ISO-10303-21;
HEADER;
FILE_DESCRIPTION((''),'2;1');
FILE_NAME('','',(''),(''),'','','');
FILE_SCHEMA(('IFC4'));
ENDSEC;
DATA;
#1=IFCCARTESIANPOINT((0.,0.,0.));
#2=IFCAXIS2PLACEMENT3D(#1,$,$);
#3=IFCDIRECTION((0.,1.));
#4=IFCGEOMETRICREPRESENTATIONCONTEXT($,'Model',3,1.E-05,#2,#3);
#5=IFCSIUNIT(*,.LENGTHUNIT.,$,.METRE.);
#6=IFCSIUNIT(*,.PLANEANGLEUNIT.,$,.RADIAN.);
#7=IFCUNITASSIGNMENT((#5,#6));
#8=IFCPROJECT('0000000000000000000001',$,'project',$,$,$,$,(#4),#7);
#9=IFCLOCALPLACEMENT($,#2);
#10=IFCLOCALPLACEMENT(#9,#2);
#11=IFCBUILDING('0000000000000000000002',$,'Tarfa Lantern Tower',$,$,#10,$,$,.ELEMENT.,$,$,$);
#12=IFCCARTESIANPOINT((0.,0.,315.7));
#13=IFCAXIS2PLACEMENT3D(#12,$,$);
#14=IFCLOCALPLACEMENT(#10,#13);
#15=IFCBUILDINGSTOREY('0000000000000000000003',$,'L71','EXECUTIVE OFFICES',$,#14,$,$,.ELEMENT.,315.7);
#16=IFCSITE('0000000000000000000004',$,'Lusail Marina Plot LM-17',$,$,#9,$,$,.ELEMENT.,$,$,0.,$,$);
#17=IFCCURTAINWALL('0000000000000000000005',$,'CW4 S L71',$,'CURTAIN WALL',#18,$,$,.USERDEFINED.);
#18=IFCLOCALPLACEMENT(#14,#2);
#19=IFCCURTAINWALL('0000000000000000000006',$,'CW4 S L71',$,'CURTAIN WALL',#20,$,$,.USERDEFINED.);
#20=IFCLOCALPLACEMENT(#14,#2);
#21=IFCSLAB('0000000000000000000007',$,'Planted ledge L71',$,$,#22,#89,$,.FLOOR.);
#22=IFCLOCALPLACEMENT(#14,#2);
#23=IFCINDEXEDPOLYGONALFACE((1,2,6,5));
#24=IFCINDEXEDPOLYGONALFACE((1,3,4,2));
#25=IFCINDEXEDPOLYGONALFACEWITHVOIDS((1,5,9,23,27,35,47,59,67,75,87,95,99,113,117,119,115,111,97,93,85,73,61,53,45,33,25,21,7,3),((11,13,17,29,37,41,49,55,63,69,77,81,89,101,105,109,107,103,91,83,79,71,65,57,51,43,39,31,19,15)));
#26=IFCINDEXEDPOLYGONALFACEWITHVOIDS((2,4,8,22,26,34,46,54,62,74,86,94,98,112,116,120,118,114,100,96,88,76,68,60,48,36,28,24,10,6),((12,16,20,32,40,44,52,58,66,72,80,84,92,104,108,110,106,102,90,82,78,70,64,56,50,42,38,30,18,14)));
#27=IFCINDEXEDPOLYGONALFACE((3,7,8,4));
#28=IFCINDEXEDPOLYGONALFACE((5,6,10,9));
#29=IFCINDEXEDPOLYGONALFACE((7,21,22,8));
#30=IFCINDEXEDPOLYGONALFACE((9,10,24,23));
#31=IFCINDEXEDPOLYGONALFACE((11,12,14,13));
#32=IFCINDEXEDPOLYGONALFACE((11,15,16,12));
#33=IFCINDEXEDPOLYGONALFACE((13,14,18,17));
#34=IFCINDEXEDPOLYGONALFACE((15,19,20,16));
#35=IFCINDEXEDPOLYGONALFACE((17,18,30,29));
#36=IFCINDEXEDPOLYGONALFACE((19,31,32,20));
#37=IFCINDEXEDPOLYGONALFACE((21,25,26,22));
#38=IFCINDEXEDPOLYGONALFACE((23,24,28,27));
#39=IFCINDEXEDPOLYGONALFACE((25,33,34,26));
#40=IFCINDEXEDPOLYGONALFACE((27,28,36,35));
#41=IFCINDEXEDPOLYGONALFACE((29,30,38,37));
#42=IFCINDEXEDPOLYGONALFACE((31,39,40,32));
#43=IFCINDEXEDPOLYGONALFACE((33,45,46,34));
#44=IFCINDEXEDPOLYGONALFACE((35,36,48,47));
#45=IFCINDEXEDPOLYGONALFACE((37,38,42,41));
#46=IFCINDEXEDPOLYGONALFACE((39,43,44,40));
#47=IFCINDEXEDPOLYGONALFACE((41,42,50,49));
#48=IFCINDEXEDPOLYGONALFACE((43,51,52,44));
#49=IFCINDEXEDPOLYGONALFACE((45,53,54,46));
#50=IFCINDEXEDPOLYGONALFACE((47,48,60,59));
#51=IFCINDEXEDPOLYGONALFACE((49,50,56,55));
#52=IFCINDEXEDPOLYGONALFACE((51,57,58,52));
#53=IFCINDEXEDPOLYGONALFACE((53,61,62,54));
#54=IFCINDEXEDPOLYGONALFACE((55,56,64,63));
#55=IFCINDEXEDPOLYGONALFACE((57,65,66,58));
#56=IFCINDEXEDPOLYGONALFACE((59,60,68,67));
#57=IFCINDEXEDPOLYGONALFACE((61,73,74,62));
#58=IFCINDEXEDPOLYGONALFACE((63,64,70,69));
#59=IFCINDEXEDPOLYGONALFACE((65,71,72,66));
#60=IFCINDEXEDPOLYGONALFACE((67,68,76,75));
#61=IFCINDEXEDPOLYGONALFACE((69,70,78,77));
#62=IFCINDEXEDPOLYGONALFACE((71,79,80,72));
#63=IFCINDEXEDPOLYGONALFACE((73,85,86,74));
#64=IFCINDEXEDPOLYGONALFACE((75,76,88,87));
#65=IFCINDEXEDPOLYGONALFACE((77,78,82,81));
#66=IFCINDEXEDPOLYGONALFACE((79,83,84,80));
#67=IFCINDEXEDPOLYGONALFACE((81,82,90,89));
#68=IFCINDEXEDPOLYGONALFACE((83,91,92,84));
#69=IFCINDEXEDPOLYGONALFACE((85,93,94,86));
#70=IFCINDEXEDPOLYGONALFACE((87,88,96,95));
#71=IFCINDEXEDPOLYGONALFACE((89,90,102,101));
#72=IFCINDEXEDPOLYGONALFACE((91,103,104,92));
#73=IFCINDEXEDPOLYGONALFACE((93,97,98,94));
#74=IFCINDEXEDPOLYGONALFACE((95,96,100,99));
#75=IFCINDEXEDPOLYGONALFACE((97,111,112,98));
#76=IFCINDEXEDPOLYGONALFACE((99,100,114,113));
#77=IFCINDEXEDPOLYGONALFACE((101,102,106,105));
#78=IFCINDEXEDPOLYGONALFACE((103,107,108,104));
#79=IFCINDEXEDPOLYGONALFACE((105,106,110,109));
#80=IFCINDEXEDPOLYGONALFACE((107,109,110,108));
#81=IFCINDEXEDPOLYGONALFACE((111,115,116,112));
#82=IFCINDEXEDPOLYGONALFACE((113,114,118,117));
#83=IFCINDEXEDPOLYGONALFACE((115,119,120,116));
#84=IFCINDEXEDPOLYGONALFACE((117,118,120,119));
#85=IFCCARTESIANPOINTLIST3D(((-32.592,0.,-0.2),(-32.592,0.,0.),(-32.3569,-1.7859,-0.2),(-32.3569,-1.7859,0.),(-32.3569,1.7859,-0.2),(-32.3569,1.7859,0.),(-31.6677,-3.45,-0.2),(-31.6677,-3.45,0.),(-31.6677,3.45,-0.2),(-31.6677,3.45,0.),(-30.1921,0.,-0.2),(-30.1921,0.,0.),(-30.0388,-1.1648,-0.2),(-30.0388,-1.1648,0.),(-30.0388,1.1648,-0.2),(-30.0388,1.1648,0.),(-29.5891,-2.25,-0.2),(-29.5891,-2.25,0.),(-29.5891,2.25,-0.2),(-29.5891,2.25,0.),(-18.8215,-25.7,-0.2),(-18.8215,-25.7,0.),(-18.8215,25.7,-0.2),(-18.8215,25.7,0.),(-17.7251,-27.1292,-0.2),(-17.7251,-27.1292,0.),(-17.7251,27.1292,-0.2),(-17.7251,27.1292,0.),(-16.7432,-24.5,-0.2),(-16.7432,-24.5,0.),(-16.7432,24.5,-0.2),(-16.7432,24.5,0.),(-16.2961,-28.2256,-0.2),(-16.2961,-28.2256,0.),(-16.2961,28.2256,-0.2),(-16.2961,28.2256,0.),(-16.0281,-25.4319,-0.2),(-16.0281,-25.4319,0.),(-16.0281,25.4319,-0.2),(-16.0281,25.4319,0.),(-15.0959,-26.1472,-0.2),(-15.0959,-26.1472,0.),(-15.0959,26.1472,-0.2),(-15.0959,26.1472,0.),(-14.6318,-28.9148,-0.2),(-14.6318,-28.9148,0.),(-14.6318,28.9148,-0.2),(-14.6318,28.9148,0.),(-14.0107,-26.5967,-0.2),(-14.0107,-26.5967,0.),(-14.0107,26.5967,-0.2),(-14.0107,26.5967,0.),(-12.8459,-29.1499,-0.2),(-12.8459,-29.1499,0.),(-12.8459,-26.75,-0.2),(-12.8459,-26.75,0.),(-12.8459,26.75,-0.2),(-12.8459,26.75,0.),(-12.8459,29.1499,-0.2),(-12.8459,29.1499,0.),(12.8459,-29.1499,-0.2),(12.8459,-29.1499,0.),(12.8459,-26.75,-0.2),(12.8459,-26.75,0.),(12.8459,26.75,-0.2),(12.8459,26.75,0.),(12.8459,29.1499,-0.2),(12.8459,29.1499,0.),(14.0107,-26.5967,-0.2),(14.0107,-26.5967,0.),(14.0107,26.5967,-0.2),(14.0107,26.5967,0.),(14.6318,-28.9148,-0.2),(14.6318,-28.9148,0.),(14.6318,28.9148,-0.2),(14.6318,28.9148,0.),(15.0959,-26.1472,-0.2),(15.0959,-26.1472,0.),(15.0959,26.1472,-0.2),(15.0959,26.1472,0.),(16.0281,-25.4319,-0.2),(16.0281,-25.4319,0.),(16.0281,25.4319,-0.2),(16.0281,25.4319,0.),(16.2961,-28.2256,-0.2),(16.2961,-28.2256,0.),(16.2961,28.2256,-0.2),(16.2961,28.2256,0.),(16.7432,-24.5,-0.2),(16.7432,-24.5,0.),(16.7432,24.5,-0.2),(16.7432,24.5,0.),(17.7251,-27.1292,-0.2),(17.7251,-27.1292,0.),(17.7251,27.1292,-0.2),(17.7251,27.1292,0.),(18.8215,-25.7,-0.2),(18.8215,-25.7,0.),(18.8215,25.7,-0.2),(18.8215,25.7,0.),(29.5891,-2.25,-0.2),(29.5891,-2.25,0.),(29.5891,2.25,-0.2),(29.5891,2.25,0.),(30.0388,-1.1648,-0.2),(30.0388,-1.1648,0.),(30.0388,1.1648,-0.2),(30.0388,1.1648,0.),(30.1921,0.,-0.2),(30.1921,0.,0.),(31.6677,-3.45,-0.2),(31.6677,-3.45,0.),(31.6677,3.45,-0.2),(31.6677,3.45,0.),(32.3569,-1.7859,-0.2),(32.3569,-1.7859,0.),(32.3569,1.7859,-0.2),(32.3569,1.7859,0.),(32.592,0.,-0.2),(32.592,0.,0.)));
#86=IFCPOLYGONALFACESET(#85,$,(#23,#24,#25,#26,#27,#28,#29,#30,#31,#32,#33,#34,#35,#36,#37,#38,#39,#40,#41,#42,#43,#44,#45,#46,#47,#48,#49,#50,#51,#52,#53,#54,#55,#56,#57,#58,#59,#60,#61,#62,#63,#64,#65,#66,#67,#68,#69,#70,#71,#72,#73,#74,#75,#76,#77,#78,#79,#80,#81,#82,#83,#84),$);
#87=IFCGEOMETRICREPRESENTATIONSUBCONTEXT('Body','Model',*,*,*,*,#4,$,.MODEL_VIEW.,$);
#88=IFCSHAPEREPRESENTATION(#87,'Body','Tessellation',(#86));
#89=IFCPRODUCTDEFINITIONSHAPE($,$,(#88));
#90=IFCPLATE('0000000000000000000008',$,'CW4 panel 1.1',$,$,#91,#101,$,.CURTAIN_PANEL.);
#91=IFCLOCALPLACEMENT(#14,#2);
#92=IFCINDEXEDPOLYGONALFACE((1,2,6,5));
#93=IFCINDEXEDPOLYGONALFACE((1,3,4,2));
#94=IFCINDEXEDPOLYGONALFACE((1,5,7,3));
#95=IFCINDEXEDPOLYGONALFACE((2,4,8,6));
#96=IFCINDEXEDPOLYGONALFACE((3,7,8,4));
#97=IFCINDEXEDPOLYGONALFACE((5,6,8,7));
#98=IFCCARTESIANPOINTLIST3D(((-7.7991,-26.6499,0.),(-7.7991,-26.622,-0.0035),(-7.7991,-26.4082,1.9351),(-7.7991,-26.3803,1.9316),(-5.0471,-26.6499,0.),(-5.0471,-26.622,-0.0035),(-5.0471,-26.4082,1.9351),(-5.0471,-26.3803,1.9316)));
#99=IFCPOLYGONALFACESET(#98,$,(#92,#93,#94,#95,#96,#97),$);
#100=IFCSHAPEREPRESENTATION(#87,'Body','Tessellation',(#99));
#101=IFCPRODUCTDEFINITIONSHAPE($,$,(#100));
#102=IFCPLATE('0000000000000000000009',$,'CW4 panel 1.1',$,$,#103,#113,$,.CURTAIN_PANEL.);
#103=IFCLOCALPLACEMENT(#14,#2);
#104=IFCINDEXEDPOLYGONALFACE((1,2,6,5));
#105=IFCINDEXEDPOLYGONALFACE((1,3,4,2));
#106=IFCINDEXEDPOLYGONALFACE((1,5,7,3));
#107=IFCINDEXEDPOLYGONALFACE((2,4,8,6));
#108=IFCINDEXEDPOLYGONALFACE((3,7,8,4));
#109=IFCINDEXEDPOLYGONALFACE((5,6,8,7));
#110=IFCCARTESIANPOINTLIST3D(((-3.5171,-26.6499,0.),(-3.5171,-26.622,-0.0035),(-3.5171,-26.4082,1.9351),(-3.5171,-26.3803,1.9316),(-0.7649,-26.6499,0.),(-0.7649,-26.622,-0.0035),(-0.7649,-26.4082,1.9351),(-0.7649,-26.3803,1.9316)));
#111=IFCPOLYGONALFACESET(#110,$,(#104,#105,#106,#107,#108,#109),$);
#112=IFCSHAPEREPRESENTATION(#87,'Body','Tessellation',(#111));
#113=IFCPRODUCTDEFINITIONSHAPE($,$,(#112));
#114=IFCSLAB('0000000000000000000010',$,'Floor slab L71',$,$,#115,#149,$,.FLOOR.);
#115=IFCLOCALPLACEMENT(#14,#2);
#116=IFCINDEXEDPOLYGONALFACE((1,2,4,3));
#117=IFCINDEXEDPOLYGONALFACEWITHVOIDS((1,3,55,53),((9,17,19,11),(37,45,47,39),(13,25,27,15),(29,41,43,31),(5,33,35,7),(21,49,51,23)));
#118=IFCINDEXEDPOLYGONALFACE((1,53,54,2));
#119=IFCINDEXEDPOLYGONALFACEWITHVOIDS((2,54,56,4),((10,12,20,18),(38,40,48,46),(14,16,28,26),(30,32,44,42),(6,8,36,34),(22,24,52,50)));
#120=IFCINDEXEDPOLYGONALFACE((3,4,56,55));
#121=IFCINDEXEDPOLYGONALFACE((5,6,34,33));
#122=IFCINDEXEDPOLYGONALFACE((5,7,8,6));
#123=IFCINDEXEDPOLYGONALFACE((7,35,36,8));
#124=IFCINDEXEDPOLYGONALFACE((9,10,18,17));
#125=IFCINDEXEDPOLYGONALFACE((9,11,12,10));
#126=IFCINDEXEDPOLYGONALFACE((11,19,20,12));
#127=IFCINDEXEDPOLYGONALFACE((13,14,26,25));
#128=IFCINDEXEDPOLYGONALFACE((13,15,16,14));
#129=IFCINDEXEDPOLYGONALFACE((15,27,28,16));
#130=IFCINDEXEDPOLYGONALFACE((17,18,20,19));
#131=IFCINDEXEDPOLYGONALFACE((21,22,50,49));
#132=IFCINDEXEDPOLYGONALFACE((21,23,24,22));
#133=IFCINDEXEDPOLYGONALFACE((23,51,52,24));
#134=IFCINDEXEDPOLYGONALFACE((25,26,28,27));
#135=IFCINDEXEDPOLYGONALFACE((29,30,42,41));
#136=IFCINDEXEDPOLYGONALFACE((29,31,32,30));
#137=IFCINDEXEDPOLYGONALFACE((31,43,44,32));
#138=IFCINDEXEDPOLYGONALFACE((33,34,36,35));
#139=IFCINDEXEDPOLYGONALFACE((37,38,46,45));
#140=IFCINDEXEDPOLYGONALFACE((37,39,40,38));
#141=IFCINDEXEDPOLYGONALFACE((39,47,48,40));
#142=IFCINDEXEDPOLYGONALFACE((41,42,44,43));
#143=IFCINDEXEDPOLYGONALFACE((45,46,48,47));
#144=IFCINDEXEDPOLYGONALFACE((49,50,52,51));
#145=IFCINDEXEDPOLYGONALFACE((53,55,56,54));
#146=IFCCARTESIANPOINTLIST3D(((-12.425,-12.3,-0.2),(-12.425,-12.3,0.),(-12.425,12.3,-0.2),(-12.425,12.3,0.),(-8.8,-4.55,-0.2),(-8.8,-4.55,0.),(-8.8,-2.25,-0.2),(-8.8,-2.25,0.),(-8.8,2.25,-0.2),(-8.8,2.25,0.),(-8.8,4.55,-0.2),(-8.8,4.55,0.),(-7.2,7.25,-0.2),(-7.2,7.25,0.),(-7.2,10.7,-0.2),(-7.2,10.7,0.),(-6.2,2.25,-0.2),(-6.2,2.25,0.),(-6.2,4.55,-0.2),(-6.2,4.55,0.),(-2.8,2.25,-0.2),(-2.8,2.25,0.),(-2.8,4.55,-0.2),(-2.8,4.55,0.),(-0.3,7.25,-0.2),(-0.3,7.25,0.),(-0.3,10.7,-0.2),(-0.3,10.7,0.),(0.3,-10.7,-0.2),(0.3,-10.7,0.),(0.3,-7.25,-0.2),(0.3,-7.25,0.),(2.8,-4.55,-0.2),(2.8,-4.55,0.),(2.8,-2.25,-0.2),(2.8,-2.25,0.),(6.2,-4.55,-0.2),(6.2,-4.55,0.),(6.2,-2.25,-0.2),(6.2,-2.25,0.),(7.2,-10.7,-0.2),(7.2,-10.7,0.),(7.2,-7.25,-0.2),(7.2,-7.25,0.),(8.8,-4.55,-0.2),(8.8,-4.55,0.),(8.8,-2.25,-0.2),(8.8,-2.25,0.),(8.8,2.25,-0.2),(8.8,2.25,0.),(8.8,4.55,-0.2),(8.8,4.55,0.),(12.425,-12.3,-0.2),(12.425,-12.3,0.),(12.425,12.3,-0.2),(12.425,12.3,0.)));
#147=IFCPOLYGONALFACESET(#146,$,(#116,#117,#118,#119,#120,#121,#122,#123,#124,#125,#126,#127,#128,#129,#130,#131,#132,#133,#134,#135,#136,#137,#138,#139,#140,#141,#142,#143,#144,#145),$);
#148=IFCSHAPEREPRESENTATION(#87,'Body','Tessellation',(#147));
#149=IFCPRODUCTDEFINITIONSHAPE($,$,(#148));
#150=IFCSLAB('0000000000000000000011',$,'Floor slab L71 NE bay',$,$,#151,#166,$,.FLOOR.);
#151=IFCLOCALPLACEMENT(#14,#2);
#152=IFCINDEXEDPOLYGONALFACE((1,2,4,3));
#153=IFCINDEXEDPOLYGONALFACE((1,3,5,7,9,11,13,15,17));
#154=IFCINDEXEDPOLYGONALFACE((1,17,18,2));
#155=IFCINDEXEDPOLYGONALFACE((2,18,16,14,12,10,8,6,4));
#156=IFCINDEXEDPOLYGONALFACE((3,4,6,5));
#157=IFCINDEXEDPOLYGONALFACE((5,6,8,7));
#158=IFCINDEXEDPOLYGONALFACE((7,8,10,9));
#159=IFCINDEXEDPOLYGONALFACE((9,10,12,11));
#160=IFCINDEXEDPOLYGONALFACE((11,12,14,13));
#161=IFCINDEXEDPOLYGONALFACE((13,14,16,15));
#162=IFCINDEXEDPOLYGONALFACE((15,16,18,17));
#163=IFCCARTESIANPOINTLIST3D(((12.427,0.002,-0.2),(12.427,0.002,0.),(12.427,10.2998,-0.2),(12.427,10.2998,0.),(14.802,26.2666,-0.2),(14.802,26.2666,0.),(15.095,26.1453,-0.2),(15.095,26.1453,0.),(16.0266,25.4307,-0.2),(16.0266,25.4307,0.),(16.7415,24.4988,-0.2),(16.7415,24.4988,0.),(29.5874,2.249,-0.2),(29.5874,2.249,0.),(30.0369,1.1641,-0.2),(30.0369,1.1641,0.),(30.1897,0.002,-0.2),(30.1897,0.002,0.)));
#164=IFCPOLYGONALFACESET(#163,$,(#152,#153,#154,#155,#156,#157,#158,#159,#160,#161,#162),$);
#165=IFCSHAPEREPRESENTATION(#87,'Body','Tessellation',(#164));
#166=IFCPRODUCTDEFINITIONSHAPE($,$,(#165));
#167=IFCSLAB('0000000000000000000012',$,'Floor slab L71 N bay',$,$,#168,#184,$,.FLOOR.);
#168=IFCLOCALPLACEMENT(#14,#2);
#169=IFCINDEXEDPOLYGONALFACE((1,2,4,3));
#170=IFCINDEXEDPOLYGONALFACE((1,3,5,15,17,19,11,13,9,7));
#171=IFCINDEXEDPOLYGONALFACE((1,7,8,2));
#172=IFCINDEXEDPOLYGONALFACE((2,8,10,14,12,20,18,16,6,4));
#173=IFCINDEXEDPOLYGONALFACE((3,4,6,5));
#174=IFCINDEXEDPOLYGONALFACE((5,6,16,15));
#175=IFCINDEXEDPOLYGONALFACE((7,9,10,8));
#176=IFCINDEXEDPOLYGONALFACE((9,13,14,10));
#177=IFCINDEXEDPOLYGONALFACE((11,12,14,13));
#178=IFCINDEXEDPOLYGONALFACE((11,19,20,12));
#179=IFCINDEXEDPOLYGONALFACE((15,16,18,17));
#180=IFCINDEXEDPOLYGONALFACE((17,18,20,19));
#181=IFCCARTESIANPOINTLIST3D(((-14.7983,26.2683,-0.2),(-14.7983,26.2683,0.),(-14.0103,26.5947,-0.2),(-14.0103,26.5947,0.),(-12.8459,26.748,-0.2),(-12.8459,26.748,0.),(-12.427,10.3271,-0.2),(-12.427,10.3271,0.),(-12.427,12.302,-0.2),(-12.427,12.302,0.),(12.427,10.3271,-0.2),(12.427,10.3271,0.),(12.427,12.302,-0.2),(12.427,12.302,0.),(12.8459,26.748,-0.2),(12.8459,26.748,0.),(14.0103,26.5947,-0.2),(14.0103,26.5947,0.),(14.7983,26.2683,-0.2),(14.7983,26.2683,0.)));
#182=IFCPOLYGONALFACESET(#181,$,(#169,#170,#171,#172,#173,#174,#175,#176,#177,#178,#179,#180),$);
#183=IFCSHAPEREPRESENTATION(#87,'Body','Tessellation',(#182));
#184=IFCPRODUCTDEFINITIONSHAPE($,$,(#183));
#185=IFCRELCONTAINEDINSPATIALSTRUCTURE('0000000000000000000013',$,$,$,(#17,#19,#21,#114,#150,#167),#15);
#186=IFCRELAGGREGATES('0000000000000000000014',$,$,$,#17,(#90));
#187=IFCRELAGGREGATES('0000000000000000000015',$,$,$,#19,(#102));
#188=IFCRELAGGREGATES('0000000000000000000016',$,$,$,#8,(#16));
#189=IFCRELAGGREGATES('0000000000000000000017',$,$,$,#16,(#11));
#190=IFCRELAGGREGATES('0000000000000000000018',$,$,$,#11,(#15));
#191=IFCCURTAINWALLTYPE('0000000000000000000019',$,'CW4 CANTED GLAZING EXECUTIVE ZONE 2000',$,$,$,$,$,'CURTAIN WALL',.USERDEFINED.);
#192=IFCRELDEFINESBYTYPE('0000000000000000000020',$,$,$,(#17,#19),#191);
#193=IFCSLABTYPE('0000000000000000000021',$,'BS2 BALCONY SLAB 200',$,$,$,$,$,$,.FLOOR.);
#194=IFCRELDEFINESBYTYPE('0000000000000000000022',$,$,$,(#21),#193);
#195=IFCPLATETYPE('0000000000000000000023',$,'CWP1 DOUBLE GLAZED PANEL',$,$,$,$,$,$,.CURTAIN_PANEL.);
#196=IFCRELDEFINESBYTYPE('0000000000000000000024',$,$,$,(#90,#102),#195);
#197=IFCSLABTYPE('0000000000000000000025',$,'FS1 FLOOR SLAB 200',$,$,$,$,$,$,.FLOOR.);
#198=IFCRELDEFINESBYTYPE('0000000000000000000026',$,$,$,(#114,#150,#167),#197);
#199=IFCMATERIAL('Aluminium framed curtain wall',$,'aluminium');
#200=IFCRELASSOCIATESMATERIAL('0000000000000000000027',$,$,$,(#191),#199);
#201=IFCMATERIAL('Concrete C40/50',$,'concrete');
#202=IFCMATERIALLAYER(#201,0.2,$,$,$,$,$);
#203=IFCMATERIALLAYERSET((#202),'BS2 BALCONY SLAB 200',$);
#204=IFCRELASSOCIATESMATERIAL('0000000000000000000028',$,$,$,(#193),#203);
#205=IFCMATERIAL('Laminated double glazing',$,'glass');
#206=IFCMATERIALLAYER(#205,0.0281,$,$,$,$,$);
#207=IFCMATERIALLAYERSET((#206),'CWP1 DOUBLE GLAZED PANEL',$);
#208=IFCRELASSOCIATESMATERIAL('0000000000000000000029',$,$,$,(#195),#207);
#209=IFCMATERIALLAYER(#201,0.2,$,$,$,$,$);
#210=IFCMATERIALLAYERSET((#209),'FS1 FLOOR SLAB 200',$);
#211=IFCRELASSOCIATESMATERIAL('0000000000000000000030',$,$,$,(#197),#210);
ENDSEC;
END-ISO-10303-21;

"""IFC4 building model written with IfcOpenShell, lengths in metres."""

from ifc_helpers import new_model, si_unit, direction, frame, origin, place, context, subcontext, project, spatial, polyline, outline, extrude, material, layer, layer_set, type_object, element, aggregate, save


model = new_model("IFC4")

# Units and contexts
model_context = context("Model", 3, precision=1e-05, world=origin(), true_north=direction((0.0, 1.0)))
body_context = subcontext(model_context, "Body", "Model", "MODEL_VIEW")
ifc_project = project(units=[si_unit("LENGTHUNIT", "METRE"), si_unit("PLANEANGLEUNIT", "RADIAN")], contexts=[model_context])

# Site, building, storey
site_placement = place(None, origin())
site = spatial("IfcSite", under=ifc_project, at=site_placement, Name="Lusail Marina Plot LM-17", CompositionType="ELEMENT", RefElevation=0.0)
building_placement = place(site_placement, origin())
building = spatial("IfcBuilding", under=site, at=building_placement, Name="Tarfa Lantern Tower", CompositionType="ELEMENT")
storey_placement = place(building_placement, frame((0.0, 0.0, 315.7)))
storey = spatial("IfcBuildingStorey", under=building, at=storey_placement, Name="L71", Description="EXECUTIVE OFFICES", CompositionType="ELEMENT", Elevation=315.7)

# Shared definitions
ifc_material_1 = material(Name="Aluminium framed curtain wall", Category="aluminium")
curtain_wall_type = type_object("IfcCurtainWallType", Name="CW4 CANTED GLAZING EXECUTIVE ZONE 2000", ElementType="CURTAIN WALL", PredefinedType="USERDEFINED", material=ifc_material_1)

# Curtain walls
curtain_wall_1_placement = place(storey_placement, origin())
curtain_wall_1 = element("IfcCurtainWall", 1, at=curtain_wall_1_placement, inside=storey, type_object=curtain_wall_type, Name="CW4 S L71", ObjectType="CURTAIN WALL", PredefinedType="USERDEFINED")
curtain_wall_2_placement = place(storey_placement, origin())
curtain_wall_2 = element("IfcCurtainWall", 2, at=curtain_wall_2_placement, inside=storey, type_object=curtain_wall_type, Name="CW4 S L71", ObjectType="CURTAIN WALL", PredefinedType="USERDEFINED")

# Slab
ifc_material_2 = material(Name="Concrete C40/50", Category="concrete")
ifc_layer_1 = layer(ifc_material_2, 0.2)
ifc_layer_set_1 = layer_set([ifc_layer_1], Name="BS2 BALCONY SLAB 200")
slab_type_1 = type_object("IfcSlabType", Name="BS2 BALCONY SLAB 200", PredefinedType="FLOOR", material=ifc_layer_set_1)
slab_1_placement = place(storey_placement, frame((0.0, 0.0, -0.2)))
element("IfcSlab", 3, at=slab_1_placement, inside=storey, type_object=slab_type_1, Name="Planted ledge L71", PredefinedType="FLOOR", context=body_context, shape_type="SweptSolid", body=[
    extrude(outline(polyline([(31.6677, 3.45), (18.8215, 25.7), (17.7251, 27.1292), (16.2961, 28.2256), (14.6318, 28.9148), (12.8459, 29.1499), (-12.8459, 29.1499), (-14.6318, 28.9148), (-16.2961, 28.2256), (-17.7251, 27.1292), (-18.8215, 25.7), (-31.6677, 3.45), (-32.3569, 1.7859), (-32.592, 0.0), (-32.3569, -1.7859), (-31.6677, -3.45), (-18.8215, -25.7), (-17.7251, -27.1292), (-16.2961, -28.2256), (-14.6318, -28.9148), (-12.8459, -29.1499), (12.8459, -29.1499), (14.6318, -28.9148), (16.2961, -28.2256), (17.7251, -27.1292), (18.8215, -25.7), (31.6677, -3.45), (32.3569, -1.7859), (32.592, 0.0), (32.3569, 1.7859), (31.6677, 3.45)]), holes=[polyline([(29.5891, 2.25), (16.7432, 24.5), (16.0281, 25.4319), (15.0959, 26.1472), (14.0107, 26.5967), (12.8459, 26.75), (-12.8459, 26.75), (-14.0107, 26.5967), (-15.0959, 26.1472), (-16.0281, 25.4319), (-16.7432, 24.5), (-29.5891, 2.25), (-30.0388, 1.1648), (-30.1921, 0.0), (-30.0388, -1.1648), (-29.5891, -2.25), (-16.7432, -24.5), (-16.0281, -25.4319), (-15.0959, -26.1472), (-14.0107, -26.5967), (-12.8459, -26.75), (12.8459, -26.75), (14.0107, -26.5967), (15.0959, -26.1472), (16.0281, -25.4319), (16.7432, -24.5), (29.5891, -2.25), (30.0388, -1.1648), (30.1921, 0.0), (30.0388, 1.1648), (29.5891, 2.25)])]), origin(), (0.0, 0.0, 1.0), 0.2),
])

# Plates
ifc_material_3 = material(Name="Laminated double glazing", Category="glass")
ifc_layer_2 = layer(ifc_material_3, 0.0281)
ifc_layer_set_2 = layer_set([ifc_layer_2], Name="CWP1 DOUBLE GLAZED PANEL")
plate_type = type_object("IfcPlateType", Name="CWP1 DOUBLE GLAZED PANEL", PredefinedType="CURTAIN_PANEL", material=ifc_layer_set_2)
plate_1_placement = place(storey_placement, frame((-7.7991, -26.6499, 0.0), z_axis=(0.0, -0.992289, 0.123942), x_axis=(1.0, 0.0, 0.0)))
plate_1 = element("IfcPlate", 4, at=plate_1_placement, type_object=plate_type, Name="CW4 panel 1.1", PredefinedType="CURTAIN_PANEL", context=body_context, shape_type="SweptSolid", body=[
    extrude(outline(polyline([(0.0, 0.0), (2.752, 0.0), (2.752, 1.9501), (0.0, 1.9501), (0.0, 0.0)])), origin(), (0.0, 0.0, -1.0), 0.0281),
])
aggregate(curtain_wall_1, [plate_1])
plate_2_placement = place(storey_placement, frame((-3.5171, -26.6499, 0.0), z_axis=(0.0, -0.992289, 0.123942), x_axis=(1.0, 0.0, 0.0)))
plate_2 = element("IfcPlate", 5, at=plate_2_placement, type_object=plate_type, Name="CW4 panel 1.1", PredefinedType="CURTAIN_PANEL", context=body_context, shape_type="SweptSolid", body=[
    extrude(outline(polyline([(0.0, 0.0), (2.7522, 0.0), (2.7522, 1.9501), (0.0, 1.9501), (0.0, 0.0)])), origin(), (0.0, 0.0, -1.0), 0.0281),
])
aggregate(curtain_wall_2, [plate_2])

# Slabs
ifc_layer_3 = layer(ifc_material_2, 0.2)
ifc_layer_set_3 = layer_set([ifc_layer_3], Name="FS1 FLOOR SLAB 200")
slab_type_2 = type_object("IfcSlabType", Name="FS1 FLOOR SLAB 200", PredefinedType="FLOOR", material=ifc_layer_set_3)
slab_2_placement = place(storey_placement, frame((0.0, 0.0, -0.2)))
element("IfcSlab", 6, at=slab_2_placement, inside=storey, type_object=slab_type_2, Name="Floor slab L71", PredefinedType="FLOOR", context=body_context, shape_type="SweptSolid", body=[
    extrude(outline(polyline([(-12.425, -12.3), (12.425, -12.3), (12.425, 12.3), (-12.425, 12.3), (-12.425, -12.3)]), holes=[polyline([(-8.8, 2.25), (-6.2, 2.25), (-6.2, 4.55), (-8.8, 4.55), (-8.8, 2.25)]), polyline([(-2.8, 2.25), (8.8, 2.25), (8.8, 4.55), (-2.8, 4.55), (-2.8, 2.25)]), polyline([(8.8, -2.25), (6.2, -2.25), (6.2, -4.55), (8.8, -4.55), (8.8, -2.25)]), polyline([(2.8, -2.25), (-8.8, -2.25), (-8.8, -4.55), (2.8, -4.55), (2.8, -2.25)]), polyline([(-7.2, 7.25), (-0.3, 7.25), (-0.3, 10.7), (-7.2, 10.7), (-7.2, 7.25)]), polyline([(7.2, -7.25), (0.3, -7.25), (0.3, -10.7), (7.2, -10.7), (7.2, -7.25)])]), origin(), (0.0, 0.0, 1.0), 0.2),
])
slab_3_placement = place(storey_placement, frame((0.0, 0.0, -0.2)))
element("IfcSlab", 7, at=slab_3_placement, inside=storey, type_object=slab_type_2, Name="Floor slab L71 NE bay", PredefinedType="FLOOR", context=body_context, shape_type="SweptSolid", body=[
    extrude(outline(polyline([(29.5874, 2.249), (16.7415, 24.4988), (16.0266, 25.4307), (15.095, 26.1453), (14.802, 26.2666), (12.427, 10.2998), (12.427, 0.002), (30.1897, 0.002), (30.0369, 1.1641), (29.5874, 2.249)])), origin(), (0.0, 0.0, 1.0), 0.2),
])
slab_4_placement = place(storey_placement, frame((0.0, 0.0, -0.2)))
element("IfcSlab", 8, at=slab_4_placement, inside=storey, type_object=slab_type_2, Name="Floor slab L71 N bay", PredefinedType="FLOOR", context=body_context, shape_type="SweptSolid", body=[
    extrude(outline(polyline([(-12.427, 10.3271), (-12.427, 12.302), (12.427, 12.302), (12.427, 10.3271), (14.7983, 26.2683), (14.0103, 26.5947), (12.8459, 26.748), (-12.8459, 26.748), (-14.0103, 26.5947), (-14.7983, 26.2683), (-12.427, 10.3271)])), origin(), (0.0, 0.0, 1.0), 0.2),
])

save(model, "model.ifc")
